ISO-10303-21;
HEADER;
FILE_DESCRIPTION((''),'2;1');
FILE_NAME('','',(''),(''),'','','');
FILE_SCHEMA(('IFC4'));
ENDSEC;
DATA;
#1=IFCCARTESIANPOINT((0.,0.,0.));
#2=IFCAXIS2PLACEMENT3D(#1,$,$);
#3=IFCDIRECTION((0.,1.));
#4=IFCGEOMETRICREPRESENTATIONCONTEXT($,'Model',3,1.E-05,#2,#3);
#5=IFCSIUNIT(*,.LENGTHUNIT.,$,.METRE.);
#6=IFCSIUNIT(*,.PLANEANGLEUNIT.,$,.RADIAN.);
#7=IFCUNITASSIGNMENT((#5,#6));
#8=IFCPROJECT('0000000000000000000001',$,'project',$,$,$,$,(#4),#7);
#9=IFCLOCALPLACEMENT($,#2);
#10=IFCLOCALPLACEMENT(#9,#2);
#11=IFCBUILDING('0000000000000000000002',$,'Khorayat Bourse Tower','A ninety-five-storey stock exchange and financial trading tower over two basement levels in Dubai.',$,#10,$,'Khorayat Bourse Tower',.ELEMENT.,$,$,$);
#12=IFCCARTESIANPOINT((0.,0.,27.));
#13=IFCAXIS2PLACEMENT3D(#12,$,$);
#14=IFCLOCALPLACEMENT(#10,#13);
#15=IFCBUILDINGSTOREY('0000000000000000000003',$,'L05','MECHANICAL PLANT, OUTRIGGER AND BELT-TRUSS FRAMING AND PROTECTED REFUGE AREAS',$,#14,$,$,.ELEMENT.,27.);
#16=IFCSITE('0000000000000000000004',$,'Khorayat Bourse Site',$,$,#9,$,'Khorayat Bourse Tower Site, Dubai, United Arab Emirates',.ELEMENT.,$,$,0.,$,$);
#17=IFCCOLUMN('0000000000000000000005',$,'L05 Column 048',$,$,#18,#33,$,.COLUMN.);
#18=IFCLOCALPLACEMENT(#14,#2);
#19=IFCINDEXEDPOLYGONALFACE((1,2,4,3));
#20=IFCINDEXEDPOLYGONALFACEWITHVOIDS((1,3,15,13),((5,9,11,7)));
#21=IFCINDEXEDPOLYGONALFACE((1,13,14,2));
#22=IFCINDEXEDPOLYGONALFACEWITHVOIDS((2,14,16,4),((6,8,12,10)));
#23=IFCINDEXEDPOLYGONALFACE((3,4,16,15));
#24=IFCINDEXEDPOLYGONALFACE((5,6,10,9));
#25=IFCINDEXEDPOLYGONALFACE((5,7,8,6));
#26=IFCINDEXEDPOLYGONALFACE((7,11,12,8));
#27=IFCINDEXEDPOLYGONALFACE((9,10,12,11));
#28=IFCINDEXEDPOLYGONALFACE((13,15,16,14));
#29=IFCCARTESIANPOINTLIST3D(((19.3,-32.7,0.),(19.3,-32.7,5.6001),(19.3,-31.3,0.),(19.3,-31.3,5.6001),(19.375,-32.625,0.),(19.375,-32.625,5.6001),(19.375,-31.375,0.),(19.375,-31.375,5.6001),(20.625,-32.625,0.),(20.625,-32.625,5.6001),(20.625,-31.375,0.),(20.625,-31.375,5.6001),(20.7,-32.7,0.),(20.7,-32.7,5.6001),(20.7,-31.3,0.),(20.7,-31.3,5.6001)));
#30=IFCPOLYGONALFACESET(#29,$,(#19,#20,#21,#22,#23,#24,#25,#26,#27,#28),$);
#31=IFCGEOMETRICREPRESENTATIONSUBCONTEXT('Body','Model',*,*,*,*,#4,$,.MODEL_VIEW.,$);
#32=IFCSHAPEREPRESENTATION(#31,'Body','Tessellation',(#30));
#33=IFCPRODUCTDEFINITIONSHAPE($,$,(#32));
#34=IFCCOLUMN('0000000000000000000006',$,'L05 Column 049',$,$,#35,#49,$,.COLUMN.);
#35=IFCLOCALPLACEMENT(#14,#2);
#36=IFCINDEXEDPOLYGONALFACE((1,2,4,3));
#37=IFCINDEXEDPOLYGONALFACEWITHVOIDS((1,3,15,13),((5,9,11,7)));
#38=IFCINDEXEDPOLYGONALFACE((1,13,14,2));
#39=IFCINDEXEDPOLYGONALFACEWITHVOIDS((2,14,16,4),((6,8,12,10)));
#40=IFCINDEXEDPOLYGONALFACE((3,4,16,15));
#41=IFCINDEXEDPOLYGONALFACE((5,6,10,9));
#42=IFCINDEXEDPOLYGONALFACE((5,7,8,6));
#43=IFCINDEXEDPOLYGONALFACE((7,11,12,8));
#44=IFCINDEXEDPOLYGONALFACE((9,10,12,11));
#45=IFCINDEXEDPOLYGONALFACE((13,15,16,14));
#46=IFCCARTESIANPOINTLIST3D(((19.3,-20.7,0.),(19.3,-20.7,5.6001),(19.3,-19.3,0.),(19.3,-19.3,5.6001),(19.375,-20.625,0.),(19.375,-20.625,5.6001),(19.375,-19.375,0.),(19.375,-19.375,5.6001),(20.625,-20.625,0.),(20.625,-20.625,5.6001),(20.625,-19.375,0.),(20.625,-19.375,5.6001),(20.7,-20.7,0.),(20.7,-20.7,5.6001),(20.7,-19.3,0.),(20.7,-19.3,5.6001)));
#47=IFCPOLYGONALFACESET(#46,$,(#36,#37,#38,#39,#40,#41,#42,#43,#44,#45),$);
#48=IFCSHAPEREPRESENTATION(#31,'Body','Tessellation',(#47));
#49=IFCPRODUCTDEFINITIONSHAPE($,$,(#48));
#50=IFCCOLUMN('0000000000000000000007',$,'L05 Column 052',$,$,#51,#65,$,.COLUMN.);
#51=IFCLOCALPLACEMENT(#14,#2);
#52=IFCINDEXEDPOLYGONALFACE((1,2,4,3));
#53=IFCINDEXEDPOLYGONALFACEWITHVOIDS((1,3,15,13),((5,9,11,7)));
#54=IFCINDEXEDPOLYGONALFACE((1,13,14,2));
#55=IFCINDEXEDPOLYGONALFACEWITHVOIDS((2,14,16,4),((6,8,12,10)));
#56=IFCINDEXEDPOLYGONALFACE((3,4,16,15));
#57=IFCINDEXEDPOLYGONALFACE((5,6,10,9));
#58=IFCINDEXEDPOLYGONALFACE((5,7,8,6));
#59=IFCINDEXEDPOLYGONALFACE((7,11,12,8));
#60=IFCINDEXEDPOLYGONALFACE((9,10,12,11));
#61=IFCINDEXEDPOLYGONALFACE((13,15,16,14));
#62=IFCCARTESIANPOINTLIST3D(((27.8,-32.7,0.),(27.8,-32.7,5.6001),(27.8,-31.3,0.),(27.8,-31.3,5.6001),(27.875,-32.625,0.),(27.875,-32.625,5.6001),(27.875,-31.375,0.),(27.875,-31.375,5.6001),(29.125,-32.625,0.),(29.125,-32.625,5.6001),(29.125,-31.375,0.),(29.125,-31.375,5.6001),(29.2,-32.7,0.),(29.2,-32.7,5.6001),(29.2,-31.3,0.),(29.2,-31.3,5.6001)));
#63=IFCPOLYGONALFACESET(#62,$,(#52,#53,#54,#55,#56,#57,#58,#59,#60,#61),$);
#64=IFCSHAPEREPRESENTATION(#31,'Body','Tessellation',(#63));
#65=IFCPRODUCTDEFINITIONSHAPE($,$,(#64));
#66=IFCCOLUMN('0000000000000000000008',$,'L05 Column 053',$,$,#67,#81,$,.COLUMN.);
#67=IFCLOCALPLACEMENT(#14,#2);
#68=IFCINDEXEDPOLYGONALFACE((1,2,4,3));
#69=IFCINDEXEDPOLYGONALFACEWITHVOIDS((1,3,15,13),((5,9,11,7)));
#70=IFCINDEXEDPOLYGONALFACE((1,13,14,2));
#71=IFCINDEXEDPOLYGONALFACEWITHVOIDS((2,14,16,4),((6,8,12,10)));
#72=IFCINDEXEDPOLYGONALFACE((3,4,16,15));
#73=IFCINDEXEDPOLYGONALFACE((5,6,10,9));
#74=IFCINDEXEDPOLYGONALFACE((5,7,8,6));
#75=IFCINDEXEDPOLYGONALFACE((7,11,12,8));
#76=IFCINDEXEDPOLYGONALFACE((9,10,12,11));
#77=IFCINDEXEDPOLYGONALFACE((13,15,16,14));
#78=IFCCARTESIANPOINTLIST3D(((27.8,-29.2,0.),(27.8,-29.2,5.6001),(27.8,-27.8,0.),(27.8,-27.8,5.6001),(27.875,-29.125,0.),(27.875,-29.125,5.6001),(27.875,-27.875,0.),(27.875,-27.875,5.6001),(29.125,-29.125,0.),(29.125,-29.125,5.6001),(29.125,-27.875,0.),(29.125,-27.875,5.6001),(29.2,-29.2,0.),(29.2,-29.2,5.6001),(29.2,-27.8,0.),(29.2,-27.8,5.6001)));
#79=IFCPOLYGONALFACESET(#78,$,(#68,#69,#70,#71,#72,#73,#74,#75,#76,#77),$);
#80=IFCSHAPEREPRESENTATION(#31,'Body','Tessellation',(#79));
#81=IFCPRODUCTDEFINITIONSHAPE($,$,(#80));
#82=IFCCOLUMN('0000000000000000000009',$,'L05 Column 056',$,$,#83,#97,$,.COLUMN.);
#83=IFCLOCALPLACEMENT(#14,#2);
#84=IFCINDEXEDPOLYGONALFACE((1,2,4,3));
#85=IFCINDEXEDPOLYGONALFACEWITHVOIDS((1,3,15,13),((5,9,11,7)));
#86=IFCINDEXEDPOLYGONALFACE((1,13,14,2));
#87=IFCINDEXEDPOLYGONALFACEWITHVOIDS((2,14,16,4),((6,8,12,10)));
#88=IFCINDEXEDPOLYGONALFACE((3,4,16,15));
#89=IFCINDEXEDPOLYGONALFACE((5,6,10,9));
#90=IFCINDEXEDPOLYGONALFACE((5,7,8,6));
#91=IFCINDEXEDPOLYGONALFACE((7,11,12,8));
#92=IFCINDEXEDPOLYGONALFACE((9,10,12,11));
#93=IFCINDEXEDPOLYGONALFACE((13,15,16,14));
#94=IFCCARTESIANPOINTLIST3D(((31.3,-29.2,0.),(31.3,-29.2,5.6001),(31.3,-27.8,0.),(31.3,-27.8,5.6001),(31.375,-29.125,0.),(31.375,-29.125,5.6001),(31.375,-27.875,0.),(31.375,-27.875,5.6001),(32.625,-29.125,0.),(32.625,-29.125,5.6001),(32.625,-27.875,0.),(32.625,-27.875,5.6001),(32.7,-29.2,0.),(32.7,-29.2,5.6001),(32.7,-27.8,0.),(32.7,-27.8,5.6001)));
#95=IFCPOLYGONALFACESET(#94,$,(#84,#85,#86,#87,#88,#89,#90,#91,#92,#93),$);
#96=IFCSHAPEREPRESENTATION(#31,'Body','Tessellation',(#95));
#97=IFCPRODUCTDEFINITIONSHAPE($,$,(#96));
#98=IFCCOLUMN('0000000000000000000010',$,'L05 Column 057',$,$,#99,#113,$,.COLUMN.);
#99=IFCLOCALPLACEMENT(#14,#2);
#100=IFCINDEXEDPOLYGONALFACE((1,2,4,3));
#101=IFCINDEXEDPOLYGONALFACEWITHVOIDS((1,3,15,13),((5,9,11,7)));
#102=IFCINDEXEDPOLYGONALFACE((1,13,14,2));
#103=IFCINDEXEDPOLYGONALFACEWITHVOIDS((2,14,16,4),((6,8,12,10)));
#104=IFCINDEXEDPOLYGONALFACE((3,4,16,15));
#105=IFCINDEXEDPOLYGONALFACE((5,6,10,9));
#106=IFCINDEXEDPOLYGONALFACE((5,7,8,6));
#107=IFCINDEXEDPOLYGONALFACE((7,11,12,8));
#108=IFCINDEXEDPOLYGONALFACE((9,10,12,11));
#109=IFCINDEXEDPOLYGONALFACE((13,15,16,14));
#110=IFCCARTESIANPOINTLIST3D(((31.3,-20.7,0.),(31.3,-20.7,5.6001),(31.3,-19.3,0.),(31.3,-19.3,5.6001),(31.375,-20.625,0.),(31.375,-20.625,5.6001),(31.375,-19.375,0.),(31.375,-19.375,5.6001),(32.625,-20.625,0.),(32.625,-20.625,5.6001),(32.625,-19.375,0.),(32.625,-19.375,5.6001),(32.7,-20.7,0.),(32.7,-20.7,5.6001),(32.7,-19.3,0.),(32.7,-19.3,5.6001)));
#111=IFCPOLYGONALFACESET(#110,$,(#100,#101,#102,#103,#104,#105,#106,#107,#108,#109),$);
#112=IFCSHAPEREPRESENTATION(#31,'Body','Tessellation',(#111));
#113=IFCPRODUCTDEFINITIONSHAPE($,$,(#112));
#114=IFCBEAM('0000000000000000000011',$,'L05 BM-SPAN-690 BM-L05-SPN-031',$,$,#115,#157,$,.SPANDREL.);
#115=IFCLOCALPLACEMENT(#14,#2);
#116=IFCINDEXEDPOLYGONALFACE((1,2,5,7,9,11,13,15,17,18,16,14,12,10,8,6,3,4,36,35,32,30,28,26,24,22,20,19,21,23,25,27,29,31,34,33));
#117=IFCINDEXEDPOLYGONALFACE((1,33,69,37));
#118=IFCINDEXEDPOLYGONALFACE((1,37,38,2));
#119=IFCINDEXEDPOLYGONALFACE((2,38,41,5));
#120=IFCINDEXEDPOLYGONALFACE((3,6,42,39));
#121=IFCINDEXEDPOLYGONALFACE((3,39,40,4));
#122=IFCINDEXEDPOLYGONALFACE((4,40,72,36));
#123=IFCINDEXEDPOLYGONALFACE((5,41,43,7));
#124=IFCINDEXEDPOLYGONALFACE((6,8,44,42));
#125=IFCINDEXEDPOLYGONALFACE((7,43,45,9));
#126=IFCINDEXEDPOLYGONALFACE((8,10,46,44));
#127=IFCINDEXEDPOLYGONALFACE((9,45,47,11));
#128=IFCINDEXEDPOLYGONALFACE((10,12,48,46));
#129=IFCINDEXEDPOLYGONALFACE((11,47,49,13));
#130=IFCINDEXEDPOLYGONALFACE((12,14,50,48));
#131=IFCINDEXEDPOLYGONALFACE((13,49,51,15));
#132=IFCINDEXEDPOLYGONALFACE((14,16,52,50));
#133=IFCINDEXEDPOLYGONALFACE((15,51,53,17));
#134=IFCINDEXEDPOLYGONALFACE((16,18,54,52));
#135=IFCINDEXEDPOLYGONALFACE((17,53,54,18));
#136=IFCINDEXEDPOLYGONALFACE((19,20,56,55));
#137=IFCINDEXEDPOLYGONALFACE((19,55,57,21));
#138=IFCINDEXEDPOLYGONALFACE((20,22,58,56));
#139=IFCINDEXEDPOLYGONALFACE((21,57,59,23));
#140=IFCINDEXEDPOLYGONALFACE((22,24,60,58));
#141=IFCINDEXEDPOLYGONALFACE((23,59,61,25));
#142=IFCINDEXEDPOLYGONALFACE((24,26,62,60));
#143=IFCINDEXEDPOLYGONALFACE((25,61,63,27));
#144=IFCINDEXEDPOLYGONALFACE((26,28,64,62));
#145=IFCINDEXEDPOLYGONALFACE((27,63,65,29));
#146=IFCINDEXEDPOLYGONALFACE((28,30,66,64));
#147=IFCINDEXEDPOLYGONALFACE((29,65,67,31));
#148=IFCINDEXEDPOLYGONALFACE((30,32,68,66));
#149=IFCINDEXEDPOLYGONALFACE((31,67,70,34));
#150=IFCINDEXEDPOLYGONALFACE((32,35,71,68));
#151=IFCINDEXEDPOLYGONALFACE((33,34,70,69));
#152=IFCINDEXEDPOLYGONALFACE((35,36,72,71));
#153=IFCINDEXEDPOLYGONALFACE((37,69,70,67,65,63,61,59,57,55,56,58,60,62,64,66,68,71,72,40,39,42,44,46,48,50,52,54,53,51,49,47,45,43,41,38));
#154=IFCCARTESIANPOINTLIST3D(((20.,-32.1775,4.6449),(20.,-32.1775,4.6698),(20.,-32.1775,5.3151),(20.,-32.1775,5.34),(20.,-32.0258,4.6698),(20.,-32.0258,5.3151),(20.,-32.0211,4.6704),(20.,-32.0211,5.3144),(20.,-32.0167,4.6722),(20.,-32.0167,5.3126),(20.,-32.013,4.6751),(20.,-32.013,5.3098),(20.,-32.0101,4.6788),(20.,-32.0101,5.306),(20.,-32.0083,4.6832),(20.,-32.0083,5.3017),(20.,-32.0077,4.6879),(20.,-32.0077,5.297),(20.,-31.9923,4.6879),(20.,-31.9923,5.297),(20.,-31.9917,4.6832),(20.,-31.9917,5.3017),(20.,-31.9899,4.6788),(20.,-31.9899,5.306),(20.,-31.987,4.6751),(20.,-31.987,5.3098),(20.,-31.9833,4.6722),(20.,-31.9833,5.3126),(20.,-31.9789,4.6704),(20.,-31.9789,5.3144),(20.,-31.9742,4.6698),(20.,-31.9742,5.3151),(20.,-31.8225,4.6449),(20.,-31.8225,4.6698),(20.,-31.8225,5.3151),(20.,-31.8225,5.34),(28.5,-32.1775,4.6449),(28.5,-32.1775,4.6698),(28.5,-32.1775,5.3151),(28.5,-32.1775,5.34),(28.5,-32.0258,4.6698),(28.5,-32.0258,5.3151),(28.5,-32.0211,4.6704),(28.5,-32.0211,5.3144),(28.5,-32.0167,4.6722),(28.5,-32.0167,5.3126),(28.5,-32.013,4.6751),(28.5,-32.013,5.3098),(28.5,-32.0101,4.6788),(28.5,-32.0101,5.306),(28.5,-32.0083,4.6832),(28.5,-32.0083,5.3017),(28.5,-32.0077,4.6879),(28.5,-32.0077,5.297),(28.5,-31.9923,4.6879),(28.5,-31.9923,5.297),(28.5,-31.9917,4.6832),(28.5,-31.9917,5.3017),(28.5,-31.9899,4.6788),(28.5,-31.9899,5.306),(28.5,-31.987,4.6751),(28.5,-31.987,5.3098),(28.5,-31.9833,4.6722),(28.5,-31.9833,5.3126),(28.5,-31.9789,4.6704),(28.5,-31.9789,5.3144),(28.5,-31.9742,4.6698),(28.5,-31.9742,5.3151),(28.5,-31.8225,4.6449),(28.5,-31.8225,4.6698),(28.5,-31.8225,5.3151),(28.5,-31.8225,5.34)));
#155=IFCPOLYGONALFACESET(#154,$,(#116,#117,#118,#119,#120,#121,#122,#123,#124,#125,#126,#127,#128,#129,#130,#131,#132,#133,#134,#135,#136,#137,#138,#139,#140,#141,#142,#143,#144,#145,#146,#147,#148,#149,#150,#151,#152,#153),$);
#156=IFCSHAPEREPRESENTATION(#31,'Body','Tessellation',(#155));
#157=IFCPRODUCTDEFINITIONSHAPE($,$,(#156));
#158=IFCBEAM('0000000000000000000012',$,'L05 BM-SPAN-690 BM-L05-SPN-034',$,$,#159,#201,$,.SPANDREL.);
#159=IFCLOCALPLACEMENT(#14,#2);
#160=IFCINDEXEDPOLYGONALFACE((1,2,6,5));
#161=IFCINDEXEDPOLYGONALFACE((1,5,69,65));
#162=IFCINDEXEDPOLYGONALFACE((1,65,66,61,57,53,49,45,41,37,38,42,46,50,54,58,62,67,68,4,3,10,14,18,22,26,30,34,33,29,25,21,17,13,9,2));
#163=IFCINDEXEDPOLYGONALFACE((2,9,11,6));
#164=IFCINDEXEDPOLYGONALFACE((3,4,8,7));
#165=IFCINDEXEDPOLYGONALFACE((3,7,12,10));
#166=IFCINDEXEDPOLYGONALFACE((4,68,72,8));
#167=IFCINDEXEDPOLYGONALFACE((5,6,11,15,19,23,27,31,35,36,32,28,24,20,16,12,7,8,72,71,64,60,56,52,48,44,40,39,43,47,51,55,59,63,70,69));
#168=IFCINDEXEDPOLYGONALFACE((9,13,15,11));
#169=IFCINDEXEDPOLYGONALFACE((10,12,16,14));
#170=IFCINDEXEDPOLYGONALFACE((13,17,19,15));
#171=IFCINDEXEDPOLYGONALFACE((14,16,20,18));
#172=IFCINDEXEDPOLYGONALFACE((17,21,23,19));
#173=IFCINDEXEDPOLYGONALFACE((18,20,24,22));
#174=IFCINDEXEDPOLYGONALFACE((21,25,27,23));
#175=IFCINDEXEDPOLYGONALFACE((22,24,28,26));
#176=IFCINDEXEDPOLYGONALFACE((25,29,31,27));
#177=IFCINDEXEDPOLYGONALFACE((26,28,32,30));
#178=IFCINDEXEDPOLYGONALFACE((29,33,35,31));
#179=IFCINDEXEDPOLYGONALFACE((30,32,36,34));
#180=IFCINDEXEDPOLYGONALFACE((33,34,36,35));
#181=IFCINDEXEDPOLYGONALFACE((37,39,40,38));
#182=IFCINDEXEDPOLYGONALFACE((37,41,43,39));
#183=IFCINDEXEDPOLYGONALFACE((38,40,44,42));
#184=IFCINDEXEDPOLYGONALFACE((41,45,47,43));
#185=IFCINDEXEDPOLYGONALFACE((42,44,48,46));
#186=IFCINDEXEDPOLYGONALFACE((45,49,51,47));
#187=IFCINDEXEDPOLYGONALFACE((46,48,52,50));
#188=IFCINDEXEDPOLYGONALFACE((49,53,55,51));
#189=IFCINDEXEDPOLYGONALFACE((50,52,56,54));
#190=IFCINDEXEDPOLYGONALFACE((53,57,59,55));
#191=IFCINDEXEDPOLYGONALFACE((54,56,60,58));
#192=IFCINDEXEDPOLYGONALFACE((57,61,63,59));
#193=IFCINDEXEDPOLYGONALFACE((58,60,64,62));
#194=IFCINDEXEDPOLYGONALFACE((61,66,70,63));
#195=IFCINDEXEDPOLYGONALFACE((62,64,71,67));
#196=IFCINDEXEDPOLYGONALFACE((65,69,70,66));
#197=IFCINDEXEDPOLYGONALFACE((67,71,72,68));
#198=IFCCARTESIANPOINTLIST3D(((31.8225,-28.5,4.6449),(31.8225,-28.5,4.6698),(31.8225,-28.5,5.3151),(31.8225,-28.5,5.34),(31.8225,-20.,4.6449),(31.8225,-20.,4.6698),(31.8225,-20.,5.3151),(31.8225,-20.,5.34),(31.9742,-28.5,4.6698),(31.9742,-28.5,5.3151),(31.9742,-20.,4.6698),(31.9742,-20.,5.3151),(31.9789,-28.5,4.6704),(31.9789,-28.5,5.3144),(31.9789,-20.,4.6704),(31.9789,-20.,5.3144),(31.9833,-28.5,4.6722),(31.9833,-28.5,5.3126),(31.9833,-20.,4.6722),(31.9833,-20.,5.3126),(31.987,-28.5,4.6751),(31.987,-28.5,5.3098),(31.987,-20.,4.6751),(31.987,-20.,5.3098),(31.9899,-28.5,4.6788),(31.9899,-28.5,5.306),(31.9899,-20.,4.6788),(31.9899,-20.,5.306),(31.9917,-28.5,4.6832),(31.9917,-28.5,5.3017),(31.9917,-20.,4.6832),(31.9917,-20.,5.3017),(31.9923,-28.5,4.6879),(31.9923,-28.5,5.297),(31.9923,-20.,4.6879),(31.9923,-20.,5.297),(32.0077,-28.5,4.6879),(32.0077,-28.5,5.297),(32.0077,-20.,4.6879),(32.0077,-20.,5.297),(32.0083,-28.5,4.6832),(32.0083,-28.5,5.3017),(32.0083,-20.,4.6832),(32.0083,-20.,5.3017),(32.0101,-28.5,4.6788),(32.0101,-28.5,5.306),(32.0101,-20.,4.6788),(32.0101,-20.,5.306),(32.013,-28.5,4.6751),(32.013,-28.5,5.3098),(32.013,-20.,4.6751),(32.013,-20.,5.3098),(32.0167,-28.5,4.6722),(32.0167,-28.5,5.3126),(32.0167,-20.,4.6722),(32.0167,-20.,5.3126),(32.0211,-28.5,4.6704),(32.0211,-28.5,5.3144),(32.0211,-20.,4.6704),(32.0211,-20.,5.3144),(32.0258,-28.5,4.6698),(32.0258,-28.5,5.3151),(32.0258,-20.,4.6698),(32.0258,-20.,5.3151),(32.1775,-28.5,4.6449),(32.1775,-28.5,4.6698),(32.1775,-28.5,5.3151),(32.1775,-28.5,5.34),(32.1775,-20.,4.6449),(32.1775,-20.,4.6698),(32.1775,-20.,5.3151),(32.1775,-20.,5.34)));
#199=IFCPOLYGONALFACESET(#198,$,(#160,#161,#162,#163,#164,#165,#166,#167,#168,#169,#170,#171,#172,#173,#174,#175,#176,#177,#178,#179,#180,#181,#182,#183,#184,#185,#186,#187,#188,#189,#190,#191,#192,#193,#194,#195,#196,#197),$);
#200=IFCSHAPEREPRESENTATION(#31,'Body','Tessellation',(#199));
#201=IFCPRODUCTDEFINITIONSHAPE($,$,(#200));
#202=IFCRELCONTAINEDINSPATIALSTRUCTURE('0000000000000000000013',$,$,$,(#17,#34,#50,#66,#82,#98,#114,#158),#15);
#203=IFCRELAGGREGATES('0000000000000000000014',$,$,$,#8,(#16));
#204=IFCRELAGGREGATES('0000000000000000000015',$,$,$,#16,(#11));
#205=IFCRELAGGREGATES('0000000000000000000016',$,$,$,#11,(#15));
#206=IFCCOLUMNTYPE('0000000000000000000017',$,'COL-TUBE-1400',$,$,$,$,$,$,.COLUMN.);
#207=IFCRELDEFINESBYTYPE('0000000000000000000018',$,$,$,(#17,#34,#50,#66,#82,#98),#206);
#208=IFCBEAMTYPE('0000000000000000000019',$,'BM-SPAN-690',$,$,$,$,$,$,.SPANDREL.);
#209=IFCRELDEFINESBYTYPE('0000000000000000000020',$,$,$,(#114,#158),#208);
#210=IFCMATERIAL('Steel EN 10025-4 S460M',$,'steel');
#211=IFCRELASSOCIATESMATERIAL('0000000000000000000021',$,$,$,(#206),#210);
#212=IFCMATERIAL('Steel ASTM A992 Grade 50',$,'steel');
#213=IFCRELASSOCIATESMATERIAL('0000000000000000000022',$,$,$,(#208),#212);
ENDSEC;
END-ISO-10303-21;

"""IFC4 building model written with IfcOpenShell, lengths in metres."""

from ifc_helpers import new_model, si_unit, direction, frame, origin, origin_2d, place, context, subcontext, project, spatial, hollow_rectangle, i_section, extrude, source, transform, mapped, material, material_profile, profile_set, type_object, element, save


model = new_model("IFC4")

# Units and contexts
model_context = context("Model", 3, precision=1e-05, world=origin(), true_north=direction((0.0, 1.0)))
body_context = subcontext(model_context, "Body", "Model", "MODEL_VIEW")
ifc_project = project(units=[si_unit("LENGTHUNIT", "METRE"), si_unit("PLANEANGLEUNIT", "RADIAN")], contexts=[model_context])

# Site, building, storey
site_placement = place(None, origin())
site = spatial("IfcSite", under=ifc_project, at=site_placement, Name="Khorayat Bourse Site", LongName="Khorayat Bourse Tower Site, Dubai, United Arab Emirates", CompositionType="ELEMENT", RefElevation=0.0)
building_placement = place(site_placement, origin())
building = spatial("IfcBuilding", under=site, at=building_placement, Name="Khorayat Bourse Tower", Description="A ninety-five-storey stock exchange and financial trading tower over two basement levels in Dubai.", LongName="Khorayat Bourse Tower", CompositionType="ELEMENT")
storey_placement = place(building_placement, frame((0.0, 0.0, 27.0)))
storey = spatial("IfcBuildingStorey", under=building, at=storey_placement, Name="L05", Description="MECHANICAL PLANT, OUTRIGGER AND BELT-TRUSS FRAMING AND PROTECTED REFUGE AREAS", CompositionType="ELEMENT", Elevation=27.0)

# Columns
ifc_material_1 = material(Name="Steel EN 10025-4 S460M", Category="steel")
ifc_material_profile_1 = material_profile(ifc_material_1, hollow_rectangle(XDim=1.3999, YDim=1.3999, WallThickness=0.075, at=origin_2d()), Name="BOX 1400x1400x75")
ifc_profile_set_1 = profile_set([ifc_material_profile_1], Name="Steel EN 10025-4 S460M")
column_type = type_object("IfcColumnType", Name="COL-TUBE-1400", PredefinedType="COLUMN", material=ifc_profile_set_1)
shared_shape_1 = source(origin(), body_context, "Body", "SweptSolid", [
    extrude(hollow_rectangle(XDim=1.3999, YDim=1.3999, WallThickness=0.075, at=origin_2d()), origin(), (0.0, 0.0, 1.0), 5.6001),
])
for number, where, z_axis, x_axis, name in (
    (1, (20.0, -32.0, 0.0), (0.0, 0.0, 1.0), (1.0, 0.0, 0.0), "L05 Column 048"),
    (2, (20.0, -20.0, 0.0), (0.0, 0.0, 1.0), (1.0, 0.0, 0.0), "L05 Column 049"),
    (3, (28.5, -32.0, 0.0), (0.0, 0.0, 1.0), (1.0, 0.0, 0.0), "L05 Column 052"),
    (4, (28.5, -28.5, 0.0), (0.0, 0.0, 1.0), (1.0, 0.0, 0.0), "L05 Column 053"),
    (5, (32.0, -28.5, 0.0), (0.0, 0.0, 1.0), (1.0, 0.0, 0.0), "L05 Column 056"),
    (6, (32.0, -20.0, 0.0), (0.0, 0.0, 1.0), (1.0, 0.0, 0.0), "L05 Column 057"),
):
    element("IfcColumn", number, at=place(storey_placement, frame(where, z_axis=z_axis, x_axis=x_axis)), inside=storey, type_object=column_type, Name=name, PredefinedType="COLUMN", context=body_context, shape_type="MappedRepresentation", body=[
        mapped(shared_shape_1, transform((0.0, 0.0, 0.0), scale=1.0)),
    ])

# Beams
ifc_material_2 = material(Name="Steel ASTM A992 Grade 50", Category="steel")
ifc_material_profile_2 = material_profile(ifc_material_2, i_section(OverallWidth=0.355, OverallDepth=0.6951, WebThickness=0.0154, FlangeThickness=0.0249, FilletRadius=0.0181, at=origin_2d()), Name="W690X217")
ifc_profile_set_2 = profile_set([ifc_material_profile_2], Name="Steel ASTM A992 Grade 50")
beam_type_1 = type_object("IfcBeamType", Name="BM-SPAN-690", PredefinedType="SPANDREL", material=ifc_profile_set_2)
shared_shape_2 = source(origin(), body_context, "Body", "SweptSolid", [
    extrude(i_section(OverallWidth=0.355, OverallDepth=0.6951, WebThickness=0.0154, FlangeThickness=0.0249, FilletRadius=0.0181, at=origin_2d()), origin(), (0.0, 0.0, 1.0), 8.5),
])
for number, where, z_axis, x_axis, name in (
    (7, (20.0, -32.0, 4.9924), (1.0, 0.0, 0.0), (0.0, 1.0, 0.0), "L05 BM-SPAN-690 BM-L05-SPN-031"),
    (8, (32.0, -28.5, 4.9924), (0.0, 1.0, 0.0), (-1.0, 0.0, 0.0), "L05 BM-SPAN-690 BM-L05-SPN-034"),
):
    element("IfcBeam", number, at=place(storey_placement, frame(where, z_axis=z_axis, x_axis=x_axis)), inside=storey, type_object=beam_type_1, Name=name, PredefinedType="SPANDREL", context=body_context, shape_type="MappedRepresentation", body=[
        mapped(shared_shape_2, transform((0.0, 0.0, 0.0), scale=1.0)),
    ])

save(model, "model.ifc")
